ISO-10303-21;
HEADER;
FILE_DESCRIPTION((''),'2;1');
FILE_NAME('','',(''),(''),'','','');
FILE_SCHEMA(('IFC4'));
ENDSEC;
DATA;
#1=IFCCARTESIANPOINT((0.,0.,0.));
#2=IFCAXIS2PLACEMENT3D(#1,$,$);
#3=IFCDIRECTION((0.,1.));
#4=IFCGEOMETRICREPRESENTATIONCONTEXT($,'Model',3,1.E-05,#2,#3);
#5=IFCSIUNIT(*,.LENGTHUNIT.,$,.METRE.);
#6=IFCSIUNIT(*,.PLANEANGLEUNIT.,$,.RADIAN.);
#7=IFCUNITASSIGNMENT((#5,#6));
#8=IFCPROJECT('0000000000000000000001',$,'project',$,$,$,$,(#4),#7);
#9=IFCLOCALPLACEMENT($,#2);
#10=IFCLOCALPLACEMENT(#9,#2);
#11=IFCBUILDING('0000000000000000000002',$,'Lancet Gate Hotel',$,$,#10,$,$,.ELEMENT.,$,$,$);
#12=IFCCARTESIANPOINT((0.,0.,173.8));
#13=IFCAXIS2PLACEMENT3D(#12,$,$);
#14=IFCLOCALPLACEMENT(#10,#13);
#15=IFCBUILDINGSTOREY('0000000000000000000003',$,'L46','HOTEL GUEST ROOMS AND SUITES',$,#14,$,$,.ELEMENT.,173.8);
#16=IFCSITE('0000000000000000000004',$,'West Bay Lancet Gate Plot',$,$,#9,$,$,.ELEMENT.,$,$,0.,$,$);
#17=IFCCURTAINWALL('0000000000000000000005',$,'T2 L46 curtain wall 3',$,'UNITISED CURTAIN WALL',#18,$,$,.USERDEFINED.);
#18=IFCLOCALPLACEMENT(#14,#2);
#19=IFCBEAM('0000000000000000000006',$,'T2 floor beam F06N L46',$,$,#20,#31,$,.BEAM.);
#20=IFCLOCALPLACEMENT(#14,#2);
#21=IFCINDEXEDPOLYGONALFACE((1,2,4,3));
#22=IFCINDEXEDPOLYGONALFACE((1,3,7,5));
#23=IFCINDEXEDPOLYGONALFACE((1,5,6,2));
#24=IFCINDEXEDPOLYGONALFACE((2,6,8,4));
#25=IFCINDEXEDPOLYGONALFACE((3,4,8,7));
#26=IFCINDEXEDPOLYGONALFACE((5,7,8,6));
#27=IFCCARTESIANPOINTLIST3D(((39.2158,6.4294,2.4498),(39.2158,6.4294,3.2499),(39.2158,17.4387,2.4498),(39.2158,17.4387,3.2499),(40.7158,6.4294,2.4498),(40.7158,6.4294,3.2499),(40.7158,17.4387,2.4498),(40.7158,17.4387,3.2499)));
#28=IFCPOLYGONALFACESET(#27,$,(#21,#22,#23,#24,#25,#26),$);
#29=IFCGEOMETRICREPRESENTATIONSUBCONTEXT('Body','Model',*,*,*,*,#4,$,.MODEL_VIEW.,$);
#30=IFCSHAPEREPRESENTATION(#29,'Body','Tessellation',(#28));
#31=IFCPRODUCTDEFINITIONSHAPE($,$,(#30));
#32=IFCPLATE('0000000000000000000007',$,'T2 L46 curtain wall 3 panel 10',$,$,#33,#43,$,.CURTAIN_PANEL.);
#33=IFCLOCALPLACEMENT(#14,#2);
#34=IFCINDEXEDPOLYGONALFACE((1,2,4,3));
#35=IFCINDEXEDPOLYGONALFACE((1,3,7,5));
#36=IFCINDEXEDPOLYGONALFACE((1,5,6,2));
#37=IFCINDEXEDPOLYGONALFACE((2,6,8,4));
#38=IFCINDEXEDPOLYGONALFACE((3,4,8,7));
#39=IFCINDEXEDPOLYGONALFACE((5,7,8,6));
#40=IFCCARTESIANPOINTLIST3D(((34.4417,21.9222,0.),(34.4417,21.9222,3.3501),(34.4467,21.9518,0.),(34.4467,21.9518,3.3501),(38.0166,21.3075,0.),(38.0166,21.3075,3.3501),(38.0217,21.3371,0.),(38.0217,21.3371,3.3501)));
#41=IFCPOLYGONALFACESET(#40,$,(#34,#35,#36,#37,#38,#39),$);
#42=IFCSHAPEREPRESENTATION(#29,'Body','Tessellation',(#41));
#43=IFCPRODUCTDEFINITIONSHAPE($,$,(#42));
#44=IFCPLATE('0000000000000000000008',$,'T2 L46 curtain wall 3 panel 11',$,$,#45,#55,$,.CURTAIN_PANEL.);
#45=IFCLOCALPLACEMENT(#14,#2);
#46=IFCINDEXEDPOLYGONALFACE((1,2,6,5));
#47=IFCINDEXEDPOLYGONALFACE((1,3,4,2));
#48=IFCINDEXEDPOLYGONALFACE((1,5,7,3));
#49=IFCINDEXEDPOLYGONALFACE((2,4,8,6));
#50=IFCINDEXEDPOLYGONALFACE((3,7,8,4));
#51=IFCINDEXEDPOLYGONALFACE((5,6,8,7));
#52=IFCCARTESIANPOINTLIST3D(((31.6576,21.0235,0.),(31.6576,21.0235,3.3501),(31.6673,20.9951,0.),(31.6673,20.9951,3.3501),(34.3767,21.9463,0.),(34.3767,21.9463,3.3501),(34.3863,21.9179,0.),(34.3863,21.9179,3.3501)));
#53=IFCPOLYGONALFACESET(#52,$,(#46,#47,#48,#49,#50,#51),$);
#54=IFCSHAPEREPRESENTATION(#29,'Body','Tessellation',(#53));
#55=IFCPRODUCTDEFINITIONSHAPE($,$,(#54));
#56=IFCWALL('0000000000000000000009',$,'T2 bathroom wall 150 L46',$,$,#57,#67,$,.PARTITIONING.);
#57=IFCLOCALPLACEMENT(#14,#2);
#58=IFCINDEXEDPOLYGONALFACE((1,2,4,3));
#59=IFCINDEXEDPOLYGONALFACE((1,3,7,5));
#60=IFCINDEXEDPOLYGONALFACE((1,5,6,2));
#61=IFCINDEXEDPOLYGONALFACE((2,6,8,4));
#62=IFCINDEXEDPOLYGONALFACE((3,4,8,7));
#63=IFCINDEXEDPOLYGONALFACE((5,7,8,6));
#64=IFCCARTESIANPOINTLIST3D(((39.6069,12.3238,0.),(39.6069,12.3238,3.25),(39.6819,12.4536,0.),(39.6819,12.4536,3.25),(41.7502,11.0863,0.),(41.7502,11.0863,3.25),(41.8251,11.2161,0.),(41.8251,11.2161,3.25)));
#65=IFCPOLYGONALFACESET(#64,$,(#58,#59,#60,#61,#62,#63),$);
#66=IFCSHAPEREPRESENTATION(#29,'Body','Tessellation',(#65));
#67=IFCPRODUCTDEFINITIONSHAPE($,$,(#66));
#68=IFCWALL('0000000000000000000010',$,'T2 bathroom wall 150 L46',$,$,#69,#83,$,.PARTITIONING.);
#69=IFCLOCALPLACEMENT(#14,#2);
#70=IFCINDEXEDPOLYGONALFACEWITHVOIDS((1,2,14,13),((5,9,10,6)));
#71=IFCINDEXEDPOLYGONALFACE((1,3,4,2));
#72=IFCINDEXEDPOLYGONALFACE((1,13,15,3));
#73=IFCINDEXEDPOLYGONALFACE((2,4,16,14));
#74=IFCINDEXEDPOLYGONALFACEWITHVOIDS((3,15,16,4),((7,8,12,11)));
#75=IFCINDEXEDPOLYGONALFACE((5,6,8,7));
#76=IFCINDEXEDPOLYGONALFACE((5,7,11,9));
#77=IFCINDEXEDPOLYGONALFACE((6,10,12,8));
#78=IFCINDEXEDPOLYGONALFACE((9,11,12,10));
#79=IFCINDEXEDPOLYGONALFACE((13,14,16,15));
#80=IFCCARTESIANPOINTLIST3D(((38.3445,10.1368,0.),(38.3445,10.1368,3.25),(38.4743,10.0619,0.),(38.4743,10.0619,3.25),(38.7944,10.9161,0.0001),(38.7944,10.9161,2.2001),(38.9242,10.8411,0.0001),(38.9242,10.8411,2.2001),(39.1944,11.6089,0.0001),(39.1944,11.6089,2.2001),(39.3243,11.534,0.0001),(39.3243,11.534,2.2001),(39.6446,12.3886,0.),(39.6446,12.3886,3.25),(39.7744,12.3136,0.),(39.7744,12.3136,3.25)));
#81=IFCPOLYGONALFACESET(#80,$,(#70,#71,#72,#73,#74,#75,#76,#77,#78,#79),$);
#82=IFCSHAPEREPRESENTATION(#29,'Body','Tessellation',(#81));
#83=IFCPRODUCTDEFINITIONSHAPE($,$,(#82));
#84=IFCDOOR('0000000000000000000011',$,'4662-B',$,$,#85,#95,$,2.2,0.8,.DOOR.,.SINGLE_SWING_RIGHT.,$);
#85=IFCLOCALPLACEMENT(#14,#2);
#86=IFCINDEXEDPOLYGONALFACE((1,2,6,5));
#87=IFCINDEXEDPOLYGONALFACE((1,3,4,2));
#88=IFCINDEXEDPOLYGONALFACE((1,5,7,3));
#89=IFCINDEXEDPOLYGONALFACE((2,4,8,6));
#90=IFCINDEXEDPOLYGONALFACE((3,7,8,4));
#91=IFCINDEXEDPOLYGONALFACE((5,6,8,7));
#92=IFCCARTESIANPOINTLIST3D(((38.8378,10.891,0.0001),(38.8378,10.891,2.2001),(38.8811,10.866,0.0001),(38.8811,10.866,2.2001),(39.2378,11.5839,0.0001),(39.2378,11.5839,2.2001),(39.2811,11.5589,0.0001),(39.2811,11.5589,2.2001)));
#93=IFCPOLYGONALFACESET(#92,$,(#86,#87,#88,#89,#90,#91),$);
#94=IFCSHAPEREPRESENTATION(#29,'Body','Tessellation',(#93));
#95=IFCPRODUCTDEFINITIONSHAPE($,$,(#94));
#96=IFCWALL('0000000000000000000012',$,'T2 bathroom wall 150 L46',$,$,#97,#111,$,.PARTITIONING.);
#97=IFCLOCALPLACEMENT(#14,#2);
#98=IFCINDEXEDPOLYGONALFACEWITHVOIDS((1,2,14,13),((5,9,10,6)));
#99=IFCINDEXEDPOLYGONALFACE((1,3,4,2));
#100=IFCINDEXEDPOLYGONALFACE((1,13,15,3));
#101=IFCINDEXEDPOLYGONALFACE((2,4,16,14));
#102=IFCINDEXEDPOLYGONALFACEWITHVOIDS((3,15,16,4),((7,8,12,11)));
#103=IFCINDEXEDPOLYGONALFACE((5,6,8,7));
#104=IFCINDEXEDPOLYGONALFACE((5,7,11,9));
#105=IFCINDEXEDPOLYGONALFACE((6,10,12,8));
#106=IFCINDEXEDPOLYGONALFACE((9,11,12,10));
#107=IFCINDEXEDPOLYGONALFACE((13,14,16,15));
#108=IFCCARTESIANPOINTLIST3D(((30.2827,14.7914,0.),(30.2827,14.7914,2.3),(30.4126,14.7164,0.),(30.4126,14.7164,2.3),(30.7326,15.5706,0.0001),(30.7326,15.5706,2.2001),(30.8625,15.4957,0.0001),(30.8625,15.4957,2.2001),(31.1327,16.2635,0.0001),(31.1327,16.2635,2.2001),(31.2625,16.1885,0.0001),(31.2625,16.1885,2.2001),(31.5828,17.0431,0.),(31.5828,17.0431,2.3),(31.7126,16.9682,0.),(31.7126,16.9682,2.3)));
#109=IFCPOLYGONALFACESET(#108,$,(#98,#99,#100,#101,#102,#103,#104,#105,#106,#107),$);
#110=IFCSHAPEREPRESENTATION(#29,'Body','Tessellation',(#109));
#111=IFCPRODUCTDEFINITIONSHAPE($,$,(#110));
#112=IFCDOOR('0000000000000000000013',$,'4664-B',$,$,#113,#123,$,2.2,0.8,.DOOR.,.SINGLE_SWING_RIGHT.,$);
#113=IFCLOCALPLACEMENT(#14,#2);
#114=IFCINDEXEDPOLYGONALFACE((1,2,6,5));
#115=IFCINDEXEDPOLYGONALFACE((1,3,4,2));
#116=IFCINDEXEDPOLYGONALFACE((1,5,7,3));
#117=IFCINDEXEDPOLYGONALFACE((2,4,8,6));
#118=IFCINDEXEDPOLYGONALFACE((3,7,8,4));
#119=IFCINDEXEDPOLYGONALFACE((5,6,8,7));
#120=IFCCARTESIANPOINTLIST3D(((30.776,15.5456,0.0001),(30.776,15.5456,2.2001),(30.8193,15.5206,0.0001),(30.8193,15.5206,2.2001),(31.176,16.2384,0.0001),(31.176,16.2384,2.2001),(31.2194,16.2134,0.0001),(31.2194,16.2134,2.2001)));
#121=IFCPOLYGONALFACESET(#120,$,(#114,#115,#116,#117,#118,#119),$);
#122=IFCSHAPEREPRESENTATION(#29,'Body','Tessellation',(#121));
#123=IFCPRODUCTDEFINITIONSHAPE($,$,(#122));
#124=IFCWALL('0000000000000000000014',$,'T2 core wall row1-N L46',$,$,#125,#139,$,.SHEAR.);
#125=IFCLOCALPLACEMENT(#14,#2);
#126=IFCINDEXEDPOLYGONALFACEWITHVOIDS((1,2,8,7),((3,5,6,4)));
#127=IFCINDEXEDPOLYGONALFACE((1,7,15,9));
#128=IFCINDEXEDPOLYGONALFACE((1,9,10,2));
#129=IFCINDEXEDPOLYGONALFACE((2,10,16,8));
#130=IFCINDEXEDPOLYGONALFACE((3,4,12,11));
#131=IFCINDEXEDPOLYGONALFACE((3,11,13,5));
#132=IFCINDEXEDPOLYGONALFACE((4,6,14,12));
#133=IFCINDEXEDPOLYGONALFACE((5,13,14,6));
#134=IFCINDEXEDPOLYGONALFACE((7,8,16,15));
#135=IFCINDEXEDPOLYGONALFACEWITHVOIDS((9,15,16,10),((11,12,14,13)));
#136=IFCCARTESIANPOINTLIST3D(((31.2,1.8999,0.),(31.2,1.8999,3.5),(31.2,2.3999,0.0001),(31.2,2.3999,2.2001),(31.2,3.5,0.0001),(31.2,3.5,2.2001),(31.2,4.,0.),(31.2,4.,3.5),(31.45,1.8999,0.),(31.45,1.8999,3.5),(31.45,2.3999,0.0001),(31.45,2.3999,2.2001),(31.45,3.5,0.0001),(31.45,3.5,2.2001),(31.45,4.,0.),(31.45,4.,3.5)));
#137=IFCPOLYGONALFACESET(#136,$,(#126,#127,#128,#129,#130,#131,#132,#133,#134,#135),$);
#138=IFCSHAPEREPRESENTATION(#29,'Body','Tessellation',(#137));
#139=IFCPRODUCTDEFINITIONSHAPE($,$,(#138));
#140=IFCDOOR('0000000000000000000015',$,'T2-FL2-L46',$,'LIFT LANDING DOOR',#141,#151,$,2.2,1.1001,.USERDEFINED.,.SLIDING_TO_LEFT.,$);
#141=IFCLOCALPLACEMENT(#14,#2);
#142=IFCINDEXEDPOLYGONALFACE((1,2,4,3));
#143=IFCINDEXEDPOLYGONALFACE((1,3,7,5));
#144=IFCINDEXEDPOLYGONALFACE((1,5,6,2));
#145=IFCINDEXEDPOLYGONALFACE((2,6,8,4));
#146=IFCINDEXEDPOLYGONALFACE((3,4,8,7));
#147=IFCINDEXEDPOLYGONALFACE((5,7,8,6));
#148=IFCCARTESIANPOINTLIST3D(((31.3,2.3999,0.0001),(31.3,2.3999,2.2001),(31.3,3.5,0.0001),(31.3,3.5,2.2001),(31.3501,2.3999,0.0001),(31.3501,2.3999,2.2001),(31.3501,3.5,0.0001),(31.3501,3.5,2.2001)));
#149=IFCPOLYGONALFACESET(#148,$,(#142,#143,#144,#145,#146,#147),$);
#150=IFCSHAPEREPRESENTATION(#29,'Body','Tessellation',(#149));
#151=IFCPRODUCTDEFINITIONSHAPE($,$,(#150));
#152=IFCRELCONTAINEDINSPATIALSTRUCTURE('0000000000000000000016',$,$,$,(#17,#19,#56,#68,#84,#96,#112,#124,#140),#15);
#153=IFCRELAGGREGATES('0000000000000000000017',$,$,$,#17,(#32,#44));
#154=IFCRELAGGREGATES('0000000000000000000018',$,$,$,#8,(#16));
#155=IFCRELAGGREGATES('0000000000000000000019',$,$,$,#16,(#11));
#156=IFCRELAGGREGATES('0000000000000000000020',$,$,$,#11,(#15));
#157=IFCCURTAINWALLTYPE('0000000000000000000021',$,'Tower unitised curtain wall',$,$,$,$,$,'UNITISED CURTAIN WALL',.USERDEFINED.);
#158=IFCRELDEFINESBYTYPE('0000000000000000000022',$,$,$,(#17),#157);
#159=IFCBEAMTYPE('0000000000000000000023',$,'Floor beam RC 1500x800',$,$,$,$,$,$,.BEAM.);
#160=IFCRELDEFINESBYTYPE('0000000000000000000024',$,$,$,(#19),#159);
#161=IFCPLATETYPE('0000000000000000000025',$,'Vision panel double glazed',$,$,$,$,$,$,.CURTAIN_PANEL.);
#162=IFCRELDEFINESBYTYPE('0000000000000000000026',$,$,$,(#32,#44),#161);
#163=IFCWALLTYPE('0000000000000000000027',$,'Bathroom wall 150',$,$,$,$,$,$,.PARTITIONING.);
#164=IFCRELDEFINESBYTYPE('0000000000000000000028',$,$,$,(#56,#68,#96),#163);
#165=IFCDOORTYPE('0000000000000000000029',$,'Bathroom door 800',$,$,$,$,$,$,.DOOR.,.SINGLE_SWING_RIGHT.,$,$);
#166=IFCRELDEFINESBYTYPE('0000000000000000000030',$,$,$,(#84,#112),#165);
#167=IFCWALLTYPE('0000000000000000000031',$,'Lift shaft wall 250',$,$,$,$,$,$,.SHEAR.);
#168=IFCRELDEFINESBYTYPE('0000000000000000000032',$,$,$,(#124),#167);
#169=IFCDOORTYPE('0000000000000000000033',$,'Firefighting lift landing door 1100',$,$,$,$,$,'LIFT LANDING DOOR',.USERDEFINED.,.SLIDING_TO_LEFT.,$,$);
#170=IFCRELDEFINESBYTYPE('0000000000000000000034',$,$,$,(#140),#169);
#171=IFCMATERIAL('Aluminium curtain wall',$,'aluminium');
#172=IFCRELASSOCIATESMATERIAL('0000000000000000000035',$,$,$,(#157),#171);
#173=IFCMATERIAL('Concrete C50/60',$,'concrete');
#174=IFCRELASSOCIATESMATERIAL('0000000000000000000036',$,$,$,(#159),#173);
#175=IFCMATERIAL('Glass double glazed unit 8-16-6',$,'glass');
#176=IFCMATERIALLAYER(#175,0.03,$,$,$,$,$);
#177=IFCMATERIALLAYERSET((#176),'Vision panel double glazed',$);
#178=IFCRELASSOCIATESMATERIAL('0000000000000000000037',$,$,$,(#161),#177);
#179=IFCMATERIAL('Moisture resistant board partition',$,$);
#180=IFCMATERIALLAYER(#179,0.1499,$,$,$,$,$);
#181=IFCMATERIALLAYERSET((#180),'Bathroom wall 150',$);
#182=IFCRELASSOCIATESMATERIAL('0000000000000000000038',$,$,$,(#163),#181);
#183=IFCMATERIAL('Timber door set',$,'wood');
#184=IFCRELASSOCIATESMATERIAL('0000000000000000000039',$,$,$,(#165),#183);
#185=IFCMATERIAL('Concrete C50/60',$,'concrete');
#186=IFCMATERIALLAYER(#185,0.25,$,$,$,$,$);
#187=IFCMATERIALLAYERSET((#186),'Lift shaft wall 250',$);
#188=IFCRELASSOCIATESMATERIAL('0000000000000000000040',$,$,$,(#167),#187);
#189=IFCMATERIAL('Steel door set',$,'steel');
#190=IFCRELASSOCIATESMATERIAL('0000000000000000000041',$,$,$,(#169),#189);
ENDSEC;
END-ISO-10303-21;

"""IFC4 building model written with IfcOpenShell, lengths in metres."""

from ifc_helpers import new_model, si_unit, direction, frame, frame_2d, origin, origin_2d, place, context, subcontext, project, spatial, rectangle, extrude, material, layer, layer_set, material_profile, profile_set, type_object, element, fill, aggregate, save


model = new_model("IFC4")

# Units and contexts
model_context = context("Model", 3, precision=1e-05, world=origin(), true_north=direction((0.0, 1.0)))
body_context = subcontext(model_context, "Body", "Model", "MODEL_VIEW")
ifc_project = project(units=[si_unit("LENGTHUNIT", "METRE"), si_unit("PLANEANGLEUNIT", "RADIAN")], contexts=[model_context])

# Site, building, storey
site_placement = place(None, origin())
site = spatial("IfcSite", under=ifc_project, at=site_placement, Name="West Bay Lancet Gate Plot", CompositionType="ELEMENT", RefElevation=0.0)
building_placement = place(site_placement, origin())
building = spatial("IfcBuilding", under=site, at=building_placement, Name="Lancet Gate Hotel", CompositionType="ELEMENT")
storey_placement = place(building_placement, frame((0.0, 0.0, 173.8)))
storey = spatial("IfcBuildingStorey", under=building, at=storey_placement, Name="L46", Description="HOTEL GUEST ROOMS AND SUITES", CompositionType="ELEMENT", Elevation=173.8)

# Curtain wall
ifc_material_1 = material(Name="Aluminium curtain wall", Category="aluminium")
curtain_wall_type = type_object("IfcCurtainWallType", Name="Tower unitised curtain wall", ElementType="UNITISED CURTAIN WALL", PredefinedType="USERDEFINED", material=ifc_material_1)
curtain_wall_1_placement = place(storey_placement, origin())
curtain_wall_1 = element("IfcCurtainWall", 1, at=curtain_wall_1_placement, inside=storey, type_object=curtain_wall_type, Name="T2 L46 curtain wall 3", ObjectType="UNITISED CURTAIN WALL", PredefinedType="USERDEFINED")

# Beam
ifc_material_2 = material(Name="Concrete C50/60", Category="concrete")
ifc_material_profile_1 = material_profile(ifc_material_2, rectangle(XDim=1.5, YDim=0.8, at=origin_2d()), Name="RC 1500x800")
ifc_profile_set_1 = profile_set([ifc_material_profile_1], Name="Concrete C50/60")
beam_type = type_object("IfcBeamType", Name="Floor beam RC 1500x800", PredefinedType="BEAM", material=ifc_profile_set_1)
beam_1_placement = place(storey_placement, frame((39.9658, 6.4294, 2.8499), z_axis=(0.0, 1.0, 0.0), x_axis=(-1.0, 0.0, 0.0)))
element("IfcBeam", 2, at=beam_1_placement, inside=storey, type_object=beam_type, Name="T2 floor beam F06N L46", PredefinedType="BEAM", context=body_context, shape_type="SweptSolid", body=[
    extrude(rectangle(XDim=1.5, YDim=0.8, at=origin_2d()), origin(), (0.0, 0.0, 1.0), 11.0093),
])

# Plates
ifc_material_3 = material(Name="Glass double glazed unit 8-16-6", Category="glass")
ifc_layer_1 = layer(ifc_material_3, 0.03)
ifc_layer_set_1 = layer_set([ifc_layer_1], Name="Vision panel double glazed")
plate_type = type_object("IfcPlateType", Name="Vision panel double glazed", PredefinedType="CURTAIN_PANEL", material=ifc_layer_set_1)
plate_1_placement = place(storey_placement, frame((36.2317, 21.6296, 0.0), z_axis=(0.0, 0.0, 1.0), x_axis=(-0.98554, 0.169445, 0.0)))
plate_1 = element("IfcPlate", 3, at=plate_1_placement, type_object=plate_type, Name="T2 L46 curtain wall 3 panel 10", PredefinedType="CURTAIN_PANEL", context=body_context, shape_type="SweptSolid", body=[
    extrude(rectangle(XDim=3.6274, YDim=0.03, at=origin_2d()), origin(), (0.0, 0.0, 1.0), 3.3501),
])
plate_2_placement = place(storey_placement, frame((33.022, 21.4707, 0.0), z_axis=(0.0, 0.0, 1.0), x_axis=(-0.946952, -0.321374, 0.0)))
plate_2 = element("IfcPlate", 4, at=plate_2_placement, type_object=plate_type, Name="T2 L46 curtain wall 3 panel 11", PredefinedType="CURTAIN_PANEL", context=body_context, shape_type="SweptSolid", body=[
    extrude(rectangle(XDim=2.8713, YDim=0.03, at=origin_2d()), origin(), (0.0, 0.0, 1.0), 3.3501),
])
aggregate(curtain_wall_1, [plate_1, plate_2])

# Wall
ifc_material_4 = material(Name="Moisture resistant board partition")
ifc_layer_2 = layer(ifc_material_4, 0.1499)
ifc_layer_set_2 = layer_set([ifc_layer_2], Name="Bathroom wall 150")
wall_type_1 = type_object("IfcWallType", Name="Bathroom wall 150", PredefinedType="PARTITIONING", material=ifc_layer_set_2)
wall_1_placement = place(storey_placement, frame((39.6445, 12.3887, 0.0), z_axis=(0.0, 0.0, 1.0), x_axis=(0.866007, -0.500033, 0.0)))
element("IfcWall", 5, at=wall_1_placement, inside=storey, type_object=wall_type_1, Name="T2 bathroom wall 150 L46", PredefinedType="PARTITIONING", context=body_context, shape_type="SweptSolid", body=[
    extrude(rectangle(XDim=2.4749, YDim=0.1499, at=frame_2d((1.2373, 0.0))), origin(), (0.0, 0.0, 1.0), 3.25),
])

# Walls, openings, doors
wall_2_placement = place(storey_placement, frame((38.4094, 10.0994, 0.0), z_axis=(0.0, 0.0, 1.0), x_axis=(0.500007, 0.866021, 0.0)))
wall_2 = element("IfcWall", 6, at=wall_2_placement, inside=storey, type_object=wall_type_1, Name="T2 bathroom wall 150 L46", PredefinedType="PARTITIONING", context=body_context, shape_type="SweptSolid", body=[
    extrude(rectangle(XDim=2.6001, YDim=0.1499, at=frame_2d((1.3, 0.0))), origin(), (0.0, 0.0, 1.0), 3.25),
])
opening_1_placement = place(wall_2_placement, frame((0.8999, 0.0, 0.0)))
opening_1 = element("IfcOpeningElement", 7, at=opening_1_placement, cuts=wall_2, PredefinedType="OPENING", context=body_context, shape_type="SweptSolid", body=[
    extrude(rectangle(XDim=0.8, YDim=2.2, at=frame_2d((0.3999, 1.1001))), frame((0.0, 0.085, 0.0), z_axis=(0.0, -1.0, 0.0), x_axis=(1.0, 0.0, 0.0)), (0.0, 0.0, 1.0), 0.1699),
])
ifc_material_5 = material(Name="Timber door set", Category="wood")
door_type_1 = type_object("IfcDoorType", Name="Bathroom door 800", OperationType="SINGLE_SWING_RIGHT", PredefinedType="DOOR", material=ifc_material_5)
door_1_placement = place(opening_1_placement, origin())
door_1 = element("IfcDoor", 8, at=door_1_placement, inside=storey, type_object=door_type_1, Name="4662-B", OperationType="SINGLE_SWING_RIGHT", OverallHeight=2.2, OverallWidth=0.8, PredefinedType="DOOR", context=body_context, shape_type="SweptSolid", body=[
    extrude(rectangle(XDim=0.8, YDim=2.2, at=frame_2d((0.3999, 1.1001))), frame((0.0, 0.0249, 0.0), z_axis=(0.0, -1.0, 0.0), x_axis=(1.0, 0.0, 0.0)), (0.0, 0.0, 1.0), 0.05),
])
fill(opening_1, door_1)
wall_3_placement = place(storey_placement, frame((30.3477, 14.7539, 0.0), z_axis=(0.0, 0.0, 1.0), x_axis=(0.500007, 0.866021, 0.0)))
wall_3 = element("IfcWall", 9, at=wall_3_placement, inside=storey, type_object=wall_type_1, Name="T2 bathroom wall 150 L46", PredefinedType="PARTITIONING", context=body_context, shape_type="SweptSolid", body=[
    extrude(rectangle(XDim=2.6001, YDim=0.1499, at=frame_2d((1.3, 0.0))), origin(), (0.0, 0.0, 1.0), 2.3),
])
opening_2_placement = place(wall_3_placement, frame((0.8999, 0.0, 0.0)))
opening_2 = element("IfcOpeningElement", 10, at=opening_2_placement, cuts=wall_3, PredefinedType="OPENING", context=body_context, shape_type="SweptSolid", body=[
    extrude(rectangle(XDim=0.8, YDim=2.2, at=frame_2d((0.3999, 1.1001))), frame((0.0, 0.085, 0.0), z_axis=(0.0, -1.0, 0.0), x_axis=(1.0, 0.0, 0.0)), (0.0, 0.0, 1.0), 0.1699),
])
door_2_placement = place(opening_2_placement, origin())
door_2 = element("IfcDoor", 11, at=door_2_placement, inside=storey, type_object=door_type_1, Name="4664-B", OperationType="SINGLE_SWING_RIGHT", OverallHeight=2.2, OverallWidth=0.8, PredefinedType="DOOR", context=body_context, shape_type="SweptSolid", body=[
    extrude(rectangle(XDim=0.8, YDim=2.2, at=frame_2d((0.3999, 1.1001))), frame((0.0, 0.0249, 0.0), z_axis=(0.0, -1.0, 0.0), x_axis=(1.0, 0.0, 0.0)), (0.0, 0.0, 1.0), 0.05),
])
fill(opening_2, door_2)
ifc_material_6 = material(Name="Concrete C50/60", Category="concrete")
ifc_layer_3 = layer(ifc_material_6, 0.25)
ifc_layer_set_3 = layer_set([ifc_layer_3], Name="Lift shaft wall 250")
wall_type_2 = type_object("IfcWallType", Name="Lift shaft wall 250", PredefinedType="SHEAR", material=ifc_layer_set_3)
wall_4_placement = place(storey_placement, frame((31.325, 1.8999, 0.0), z_axis=(0.0, 0.0, 1.0), x_axis=(0.0, 1.0, 0.0)))
wall_4 = element("IfcWall", 12, at=wall_4_placement, inside=storey, type_object=wall_type_2, Name="T2 core wall row1-N L46", PredefinedType="SHEAR", context=body_context, shape_type="SweptSolid", body=[
    extrude(rectangle(XDim=2.1001, YDim=0.25, at=frame_2d((1.05, 0.0))), origin(), (0.0, 0.0, 1.0), 3.5),
])
opening_3_placement = place(wall_4_placement, frame((0.5, 0.0, 0.0)))
opening_3 = element("IfcOpeningElement", 13, at=opening_3_placement, cuts=wall_4, PredefinedType="OPENING", context=body_context, shape_type="SweptSolid", body=[
    extrude(rectangle(XDim=1.1001, YDim=2.2, at=frame_2d((0.55, 1.1001))), frame((0.0, 0.135, 0.0), z_axis=(0.0, -1.0, 0.0), x_axis=(1.0, 0.0, 0.0)), (0.0, 0.0, 1.0), 0.27),
])
ifc_material_7 = material(Name="Steel door set", Category="steel")
door_type_2 = type_object("IfcDoorType", Name="Firefighting lift landing door 1100", ElementType="LIFT LANDING DOOR", OperationType="SLIDING_TO_LEFT", PredefinedType="USERDEFINED", material=ifc_material_7)
door_3_placement = place(opening_3_placement, origin())
door_3 = element("IfcDoor", 14, at=door_3_placement, inside=storey, type_object=door_type_2, Name="T2-FL2-L46", ObjectType="LIFT LANDING DOOR", OperationType="SLIDING_TO_LEFT", OverallHeight=2.2, OverallWidth=1.1001, PredefinedType="USERDEFINED", context=body_context, shape_type="SweptSolid", body=[
    extrude(rectangle(XDim=1.1001, YDim=2.2, at=frame_2d((0.55, 1.1001))), frame((0.0, 0.0249, 0.0), z_axis=(0.0, -1.0, 0.0), x_axis=(1.0, 0.0, 0.0)), (0.0, 0.0, 1.0), 0.05),
])
fill(opening_3, door_3)

save(model, "model.ifc")
